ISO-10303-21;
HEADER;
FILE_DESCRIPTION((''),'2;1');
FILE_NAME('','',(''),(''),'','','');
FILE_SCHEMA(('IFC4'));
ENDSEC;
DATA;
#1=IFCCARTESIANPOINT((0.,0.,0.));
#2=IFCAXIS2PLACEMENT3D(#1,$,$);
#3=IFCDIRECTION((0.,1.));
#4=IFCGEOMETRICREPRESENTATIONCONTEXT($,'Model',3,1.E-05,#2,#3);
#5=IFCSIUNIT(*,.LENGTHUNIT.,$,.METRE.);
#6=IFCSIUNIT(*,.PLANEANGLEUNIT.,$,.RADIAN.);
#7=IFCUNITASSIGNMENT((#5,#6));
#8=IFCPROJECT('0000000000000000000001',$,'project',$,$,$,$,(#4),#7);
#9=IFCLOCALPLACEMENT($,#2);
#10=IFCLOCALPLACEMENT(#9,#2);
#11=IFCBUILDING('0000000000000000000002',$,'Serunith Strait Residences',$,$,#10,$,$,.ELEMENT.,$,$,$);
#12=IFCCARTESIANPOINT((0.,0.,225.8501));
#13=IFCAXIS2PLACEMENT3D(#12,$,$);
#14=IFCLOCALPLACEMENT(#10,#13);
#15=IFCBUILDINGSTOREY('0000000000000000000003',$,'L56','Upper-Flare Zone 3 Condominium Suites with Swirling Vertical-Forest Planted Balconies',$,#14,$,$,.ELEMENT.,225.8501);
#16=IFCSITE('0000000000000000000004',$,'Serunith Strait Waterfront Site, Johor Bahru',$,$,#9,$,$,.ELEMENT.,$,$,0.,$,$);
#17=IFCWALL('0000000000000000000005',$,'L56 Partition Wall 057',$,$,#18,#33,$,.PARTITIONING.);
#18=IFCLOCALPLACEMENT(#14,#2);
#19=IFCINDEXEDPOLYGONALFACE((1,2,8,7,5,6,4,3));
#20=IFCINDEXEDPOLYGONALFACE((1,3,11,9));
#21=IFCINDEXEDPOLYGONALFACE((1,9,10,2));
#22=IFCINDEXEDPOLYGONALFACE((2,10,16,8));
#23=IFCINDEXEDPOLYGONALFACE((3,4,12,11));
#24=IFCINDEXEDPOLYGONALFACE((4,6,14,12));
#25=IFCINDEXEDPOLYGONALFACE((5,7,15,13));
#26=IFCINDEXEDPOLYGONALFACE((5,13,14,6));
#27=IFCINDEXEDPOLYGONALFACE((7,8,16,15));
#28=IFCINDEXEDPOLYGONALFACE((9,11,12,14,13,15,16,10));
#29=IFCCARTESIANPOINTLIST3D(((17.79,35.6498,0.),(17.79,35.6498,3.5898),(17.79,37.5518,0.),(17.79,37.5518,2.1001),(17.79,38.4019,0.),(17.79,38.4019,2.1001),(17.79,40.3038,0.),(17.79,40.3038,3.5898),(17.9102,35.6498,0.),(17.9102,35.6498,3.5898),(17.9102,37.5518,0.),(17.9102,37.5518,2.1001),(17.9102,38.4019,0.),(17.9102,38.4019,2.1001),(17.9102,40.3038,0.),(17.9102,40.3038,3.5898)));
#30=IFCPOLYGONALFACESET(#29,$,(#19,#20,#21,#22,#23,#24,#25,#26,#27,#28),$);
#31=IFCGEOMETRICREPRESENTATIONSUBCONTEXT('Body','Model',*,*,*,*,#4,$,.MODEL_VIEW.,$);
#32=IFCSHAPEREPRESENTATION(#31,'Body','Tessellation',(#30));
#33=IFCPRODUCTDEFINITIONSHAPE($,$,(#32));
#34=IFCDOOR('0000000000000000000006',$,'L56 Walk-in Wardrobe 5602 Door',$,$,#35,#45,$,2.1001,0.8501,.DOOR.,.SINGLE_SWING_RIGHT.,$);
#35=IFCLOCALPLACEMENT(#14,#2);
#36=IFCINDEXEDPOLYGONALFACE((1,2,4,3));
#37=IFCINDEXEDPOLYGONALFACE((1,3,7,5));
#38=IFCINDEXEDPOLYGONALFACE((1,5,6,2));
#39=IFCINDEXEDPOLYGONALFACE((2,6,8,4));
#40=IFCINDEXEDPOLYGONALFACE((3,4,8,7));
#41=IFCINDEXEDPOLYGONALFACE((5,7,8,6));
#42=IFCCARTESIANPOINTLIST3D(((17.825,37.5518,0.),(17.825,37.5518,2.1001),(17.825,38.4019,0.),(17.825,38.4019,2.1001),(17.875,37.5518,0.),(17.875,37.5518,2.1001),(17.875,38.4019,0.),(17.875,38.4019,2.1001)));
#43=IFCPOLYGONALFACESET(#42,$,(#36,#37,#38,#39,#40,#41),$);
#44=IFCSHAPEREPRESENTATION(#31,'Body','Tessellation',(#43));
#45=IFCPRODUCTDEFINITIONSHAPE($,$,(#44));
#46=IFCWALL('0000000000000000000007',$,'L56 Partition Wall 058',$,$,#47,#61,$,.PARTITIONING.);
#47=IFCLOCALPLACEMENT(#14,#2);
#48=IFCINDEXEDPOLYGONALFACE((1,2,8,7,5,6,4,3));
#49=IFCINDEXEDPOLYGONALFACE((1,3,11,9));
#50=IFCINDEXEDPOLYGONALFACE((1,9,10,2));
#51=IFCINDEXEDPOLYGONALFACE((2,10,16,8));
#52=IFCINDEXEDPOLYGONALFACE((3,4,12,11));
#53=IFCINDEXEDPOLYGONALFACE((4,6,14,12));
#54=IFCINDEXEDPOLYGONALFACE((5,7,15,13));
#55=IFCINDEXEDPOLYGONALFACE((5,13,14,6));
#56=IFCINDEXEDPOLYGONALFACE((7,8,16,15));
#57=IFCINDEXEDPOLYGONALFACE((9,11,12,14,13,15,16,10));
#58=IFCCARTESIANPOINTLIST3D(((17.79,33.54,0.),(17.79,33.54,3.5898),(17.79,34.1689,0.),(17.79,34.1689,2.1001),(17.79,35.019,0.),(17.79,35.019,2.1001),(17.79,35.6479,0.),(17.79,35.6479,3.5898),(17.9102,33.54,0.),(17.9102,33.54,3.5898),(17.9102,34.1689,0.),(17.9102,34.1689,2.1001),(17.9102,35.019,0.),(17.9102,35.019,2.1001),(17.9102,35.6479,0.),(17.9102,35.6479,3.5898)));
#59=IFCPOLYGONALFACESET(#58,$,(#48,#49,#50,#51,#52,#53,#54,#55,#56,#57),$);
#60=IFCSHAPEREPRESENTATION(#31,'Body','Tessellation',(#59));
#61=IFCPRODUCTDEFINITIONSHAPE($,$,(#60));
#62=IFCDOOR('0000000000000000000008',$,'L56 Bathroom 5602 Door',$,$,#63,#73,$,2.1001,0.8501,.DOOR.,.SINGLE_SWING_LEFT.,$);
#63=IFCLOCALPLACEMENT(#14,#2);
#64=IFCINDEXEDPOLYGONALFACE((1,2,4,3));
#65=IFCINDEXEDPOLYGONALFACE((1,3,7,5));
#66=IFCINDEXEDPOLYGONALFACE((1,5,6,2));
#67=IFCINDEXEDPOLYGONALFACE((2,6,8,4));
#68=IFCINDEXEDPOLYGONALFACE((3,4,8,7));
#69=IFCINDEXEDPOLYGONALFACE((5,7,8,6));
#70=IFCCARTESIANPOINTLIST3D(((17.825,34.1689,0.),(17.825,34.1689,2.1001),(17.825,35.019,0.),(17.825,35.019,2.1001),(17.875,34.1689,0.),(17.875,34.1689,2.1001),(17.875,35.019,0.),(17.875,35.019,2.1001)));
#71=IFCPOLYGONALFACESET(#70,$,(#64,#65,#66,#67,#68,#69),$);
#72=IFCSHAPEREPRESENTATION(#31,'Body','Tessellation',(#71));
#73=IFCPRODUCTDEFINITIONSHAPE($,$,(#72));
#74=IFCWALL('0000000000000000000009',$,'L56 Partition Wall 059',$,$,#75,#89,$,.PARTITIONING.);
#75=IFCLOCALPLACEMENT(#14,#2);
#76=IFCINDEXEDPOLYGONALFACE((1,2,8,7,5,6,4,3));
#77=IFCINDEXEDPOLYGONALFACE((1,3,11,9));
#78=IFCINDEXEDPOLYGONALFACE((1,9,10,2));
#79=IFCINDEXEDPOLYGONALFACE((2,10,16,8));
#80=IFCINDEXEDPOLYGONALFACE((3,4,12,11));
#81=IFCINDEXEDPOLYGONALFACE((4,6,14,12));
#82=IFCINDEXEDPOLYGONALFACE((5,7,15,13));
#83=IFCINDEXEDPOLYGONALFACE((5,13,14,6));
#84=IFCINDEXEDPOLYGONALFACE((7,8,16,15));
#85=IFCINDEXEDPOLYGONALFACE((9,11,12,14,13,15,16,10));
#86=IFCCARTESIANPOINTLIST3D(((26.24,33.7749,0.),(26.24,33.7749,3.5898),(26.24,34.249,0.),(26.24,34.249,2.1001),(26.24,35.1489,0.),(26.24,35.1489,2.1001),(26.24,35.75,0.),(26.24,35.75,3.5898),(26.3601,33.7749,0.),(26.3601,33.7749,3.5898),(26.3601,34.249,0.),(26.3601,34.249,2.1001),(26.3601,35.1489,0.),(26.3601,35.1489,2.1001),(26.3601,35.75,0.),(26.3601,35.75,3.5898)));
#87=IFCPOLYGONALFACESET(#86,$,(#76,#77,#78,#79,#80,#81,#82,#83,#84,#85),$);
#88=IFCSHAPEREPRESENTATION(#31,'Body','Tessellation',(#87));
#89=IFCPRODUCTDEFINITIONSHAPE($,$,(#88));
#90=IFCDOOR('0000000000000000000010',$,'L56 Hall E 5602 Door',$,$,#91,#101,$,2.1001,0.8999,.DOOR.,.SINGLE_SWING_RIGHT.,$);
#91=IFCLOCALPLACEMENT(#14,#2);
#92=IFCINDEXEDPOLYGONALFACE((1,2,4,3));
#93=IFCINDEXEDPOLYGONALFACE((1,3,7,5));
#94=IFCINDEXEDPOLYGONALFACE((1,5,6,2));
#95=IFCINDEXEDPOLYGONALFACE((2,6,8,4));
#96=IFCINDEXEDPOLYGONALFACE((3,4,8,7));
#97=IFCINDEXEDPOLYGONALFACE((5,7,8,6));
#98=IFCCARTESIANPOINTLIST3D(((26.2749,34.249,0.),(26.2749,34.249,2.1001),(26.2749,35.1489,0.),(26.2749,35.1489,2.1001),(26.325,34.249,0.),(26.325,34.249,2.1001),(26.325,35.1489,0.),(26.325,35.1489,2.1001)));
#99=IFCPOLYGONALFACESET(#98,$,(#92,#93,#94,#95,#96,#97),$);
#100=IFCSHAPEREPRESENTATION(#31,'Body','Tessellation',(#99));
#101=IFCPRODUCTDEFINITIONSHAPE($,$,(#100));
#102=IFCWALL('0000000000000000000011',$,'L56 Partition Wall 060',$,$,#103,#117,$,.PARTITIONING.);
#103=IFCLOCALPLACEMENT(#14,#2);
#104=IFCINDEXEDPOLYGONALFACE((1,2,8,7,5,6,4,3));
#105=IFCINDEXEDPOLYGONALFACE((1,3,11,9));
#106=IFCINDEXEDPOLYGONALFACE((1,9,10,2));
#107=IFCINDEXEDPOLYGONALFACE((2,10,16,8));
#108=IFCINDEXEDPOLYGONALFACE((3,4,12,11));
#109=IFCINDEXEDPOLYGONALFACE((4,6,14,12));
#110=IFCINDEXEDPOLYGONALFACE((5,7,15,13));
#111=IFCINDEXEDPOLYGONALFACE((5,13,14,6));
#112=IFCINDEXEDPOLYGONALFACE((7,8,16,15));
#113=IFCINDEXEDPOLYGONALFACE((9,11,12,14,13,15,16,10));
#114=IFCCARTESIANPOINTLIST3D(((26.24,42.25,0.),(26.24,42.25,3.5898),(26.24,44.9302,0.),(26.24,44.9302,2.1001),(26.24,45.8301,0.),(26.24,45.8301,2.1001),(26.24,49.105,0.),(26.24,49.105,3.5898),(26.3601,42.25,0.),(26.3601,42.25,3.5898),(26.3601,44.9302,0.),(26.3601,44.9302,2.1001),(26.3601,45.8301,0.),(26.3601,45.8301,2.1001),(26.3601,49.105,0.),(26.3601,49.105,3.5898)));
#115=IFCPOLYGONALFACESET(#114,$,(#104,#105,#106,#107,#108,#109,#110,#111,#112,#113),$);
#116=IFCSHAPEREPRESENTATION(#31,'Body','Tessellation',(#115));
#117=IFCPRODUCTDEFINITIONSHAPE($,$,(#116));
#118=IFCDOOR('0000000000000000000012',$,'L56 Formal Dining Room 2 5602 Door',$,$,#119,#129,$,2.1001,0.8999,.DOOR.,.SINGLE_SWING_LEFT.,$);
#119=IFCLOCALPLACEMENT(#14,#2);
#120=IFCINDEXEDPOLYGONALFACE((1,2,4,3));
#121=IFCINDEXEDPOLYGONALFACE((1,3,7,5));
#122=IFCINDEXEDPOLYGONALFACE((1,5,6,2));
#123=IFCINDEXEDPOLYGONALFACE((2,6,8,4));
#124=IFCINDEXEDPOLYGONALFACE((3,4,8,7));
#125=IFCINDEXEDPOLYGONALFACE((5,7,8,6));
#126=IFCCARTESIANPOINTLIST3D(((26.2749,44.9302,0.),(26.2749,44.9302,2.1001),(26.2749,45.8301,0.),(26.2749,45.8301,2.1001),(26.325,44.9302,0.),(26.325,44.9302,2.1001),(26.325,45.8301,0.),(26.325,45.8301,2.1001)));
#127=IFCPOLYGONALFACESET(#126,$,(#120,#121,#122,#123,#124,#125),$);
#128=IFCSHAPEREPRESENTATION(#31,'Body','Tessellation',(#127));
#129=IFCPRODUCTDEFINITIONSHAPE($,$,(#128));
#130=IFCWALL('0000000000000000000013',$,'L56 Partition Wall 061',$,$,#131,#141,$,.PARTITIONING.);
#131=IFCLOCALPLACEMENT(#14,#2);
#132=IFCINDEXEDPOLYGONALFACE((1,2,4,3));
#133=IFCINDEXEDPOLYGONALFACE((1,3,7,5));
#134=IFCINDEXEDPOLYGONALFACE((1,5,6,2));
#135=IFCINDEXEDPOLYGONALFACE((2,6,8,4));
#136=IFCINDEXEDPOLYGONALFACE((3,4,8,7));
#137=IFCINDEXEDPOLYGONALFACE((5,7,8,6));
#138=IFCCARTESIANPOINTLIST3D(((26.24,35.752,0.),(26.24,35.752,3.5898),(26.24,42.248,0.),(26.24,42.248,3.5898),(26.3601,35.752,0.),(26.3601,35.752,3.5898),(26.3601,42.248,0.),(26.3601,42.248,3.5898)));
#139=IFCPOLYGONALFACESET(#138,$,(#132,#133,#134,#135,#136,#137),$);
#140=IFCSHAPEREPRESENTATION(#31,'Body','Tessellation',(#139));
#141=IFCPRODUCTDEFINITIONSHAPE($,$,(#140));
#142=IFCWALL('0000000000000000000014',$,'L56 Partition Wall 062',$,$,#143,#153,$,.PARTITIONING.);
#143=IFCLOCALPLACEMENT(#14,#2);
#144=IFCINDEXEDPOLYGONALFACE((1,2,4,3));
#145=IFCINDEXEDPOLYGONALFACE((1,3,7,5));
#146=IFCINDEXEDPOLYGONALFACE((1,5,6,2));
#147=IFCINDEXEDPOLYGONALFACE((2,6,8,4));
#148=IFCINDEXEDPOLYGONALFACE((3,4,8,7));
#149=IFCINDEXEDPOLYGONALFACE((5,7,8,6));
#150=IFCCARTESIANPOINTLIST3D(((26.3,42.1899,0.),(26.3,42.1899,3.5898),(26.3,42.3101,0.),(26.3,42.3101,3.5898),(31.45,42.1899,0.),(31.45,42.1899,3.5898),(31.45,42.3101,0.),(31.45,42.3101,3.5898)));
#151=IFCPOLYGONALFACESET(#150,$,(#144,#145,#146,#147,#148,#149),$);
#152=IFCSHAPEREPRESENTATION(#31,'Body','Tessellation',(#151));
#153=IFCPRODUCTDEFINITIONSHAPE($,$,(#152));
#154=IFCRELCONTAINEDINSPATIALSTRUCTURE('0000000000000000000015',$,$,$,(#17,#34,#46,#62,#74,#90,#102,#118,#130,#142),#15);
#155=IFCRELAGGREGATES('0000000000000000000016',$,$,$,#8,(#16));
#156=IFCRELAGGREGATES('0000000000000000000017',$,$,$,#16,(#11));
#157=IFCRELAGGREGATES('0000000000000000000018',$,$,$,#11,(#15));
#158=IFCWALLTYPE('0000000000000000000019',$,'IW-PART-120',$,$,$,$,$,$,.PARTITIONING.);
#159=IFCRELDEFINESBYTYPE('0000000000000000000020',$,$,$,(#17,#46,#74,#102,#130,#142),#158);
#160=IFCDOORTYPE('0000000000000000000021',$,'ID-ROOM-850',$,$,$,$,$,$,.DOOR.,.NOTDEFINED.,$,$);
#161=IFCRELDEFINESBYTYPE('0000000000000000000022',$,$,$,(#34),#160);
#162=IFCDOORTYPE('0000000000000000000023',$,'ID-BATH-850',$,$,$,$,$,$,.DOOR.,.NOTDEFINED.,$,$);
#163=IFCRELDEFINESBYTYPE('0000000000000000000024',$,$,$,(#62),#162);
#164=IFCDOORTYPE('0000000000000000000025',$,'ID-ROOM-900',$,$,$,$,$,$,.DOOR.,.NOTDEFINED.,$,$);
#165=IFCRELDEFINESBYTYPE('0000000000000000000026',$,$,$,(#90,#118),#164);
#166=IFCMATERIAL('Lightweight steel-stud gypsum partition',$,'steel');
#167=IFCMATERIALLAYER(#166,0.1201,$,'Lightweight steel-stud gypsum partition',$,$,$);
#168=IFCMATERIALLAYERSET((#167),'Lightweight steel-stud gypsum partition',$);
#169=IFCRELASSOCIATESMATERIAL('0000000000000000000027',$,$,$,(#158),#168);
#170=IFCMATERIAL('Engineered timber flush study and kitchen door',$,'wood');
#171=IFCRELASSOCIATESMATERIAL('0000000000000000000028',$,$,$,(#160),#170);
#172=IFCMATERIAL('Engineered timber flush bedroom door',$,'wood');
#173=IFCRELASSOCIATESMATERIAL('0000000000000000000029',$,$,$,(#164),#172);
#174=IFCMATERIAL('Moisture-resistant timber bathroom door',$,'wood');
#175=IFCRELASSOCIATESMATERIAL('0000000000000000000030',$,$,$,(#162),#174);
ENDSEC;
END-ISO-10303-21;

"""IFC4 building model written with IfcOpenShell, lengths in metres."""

from ifc_helpers import new_model, si_unit, direction, frame, frame_2d, origin, place, context, subcontext, project, spatial, rectangle, extrude, source, transform, mapped, material, layer, layer_set, type_object, element, fill, save


model = new_model("IFC4")

# Units and contexts
model_context = context("Model", 3, precision=1e-05, world=origin(), true_north=direction((0.0, 1.0)))
body_context = subcontext(model_context, "Body", "Model", "MODEL_VIEW")
ifc_project = project(units=[si_unit("LENGTHUNIT", "METRE"), si_unit("PLANEANGLEUNIT", "RADIAN")], contexts=[model_context])

# Site, building, storey
site_placement = place(None, origin())
site = spatial("IfcSite", under=ifc_project, at=site_placement, Name="Serunith Strait Waterfront Site, Johor Bahru", CompositionType="ELEMENT", RefElevation=0.0)
building_placement = place(site_placement, origin())
building = spatial("IfcBuilding", under=site, at=building_placement, Name="Serunith Strait Residences", CompositionType="ELEMENT")
storey_placement = place(building_placement, frame((0.0, 0.0, 225.8501)))
storey = spatial("IfcBuildingStorey", under=building, at=storey_placement, Name="L56", Description="Upper-Flare Zone 3 Condominium Suites with Swirling Vertical-Forest Planted Balconies", CompositionType="ELEMENT", Elevation=225.8501)

# Shared definitions
ifc_material_1 = material(Name="Lightweight steel-stud gypsum partition", Category="steel")
ifc_layer_1 = layer(ifc_material_1, 0.1201, Name="Lightweight steel-stud gypsum partition")
ifc_layer_set_1 = layer_set([ifc_layer_1], Name="Lightweight steel-stud gypsum partition")
wall_type = type_object("IfcWallType", Name="IW-PART-120", PredefinedType="PARTITIONING", material=ifc_layer_set_1)
ifc_material_2 = material(Name="Engineered timber flush study and kitchen door", Category="wood")
door_type_1 = type_object("IfcDoorType", Name="ID-ROOM-850", OperationType="NOTDEFINED", PredefinedType="DOOR", material=ifc_material_2)
shared_shape_1 = source(origin(), body_context, "Body", "SweptSolid", [
    extrude(rectangle(XDim=0.8501, YDim=2.1001, at=frame_2d((0.425, 1.05))), frame((0.0, 0.0249, 0.0), z_axis=(0.0, -1.0, 0.0), x_axis=(1.0, 0.0, 0.0)), (0.0, 0.0, 1.0), 0.05),
])

# Walls, openings, doors
ifc_material_3 = material(Name="Engineered timber flush bedroom door", Category="wood")
door_type_2 = type_object("IfcDoorType", Name="ID-ROOM-900", OperationType="NOTDEFINED", PredefinedType="DOOR", material=ifc_material_3)
shared_shape_2 = source(origin(), body_context, "Body", "SweptSolid", [
    extrude(rectangle(XDim=0.8999, YDim=2.1001, at=frame_2d((0.45, 1.05))), frame((0.0, 0.0249, 0.0), z_axis=(0.0, -1.0, 0.0), x_axis=(1.0, 0.0, 0.0)), (0.0, 0.0, 1.0), 0.05),
])
wall_1_placement = place(storey_placement, frame((17.8501, 40.304, 0.0), z_axis=(0.0, 0.0, 1.0), x_axis=(0.0, -1.0, 0.0)))
wall_1 = element("IfcWall", 1, at=wall_1_placement, inside=storey, type_object=wall_type, Name="L56 Partition Wall 057", PredefinedType="PARTITIONING", context=body_context, shape_type="SweptSolid", body=[
    extrude(rectangle(XDim=4.6541, YDim=0.1201, at=frame_2d((2.3271, 0.0))), origin(), (0.0, 0.0, 1.0), 3.5898),
])
opening_1_placement = place(wall_1_placement, frame((1.9021, 0.0, 0.0)))
opening_1 = element("IfcOpeningElement", 2, at=opening_1_placement, cuts=wall_1, PredefinedType="OPENING", context=body_context, shape_type="SweptSolid", body=[
    extrude(rectangle(XDim=0.8501, YDim=2.1001, at=frame_2d((0.425, 1.05))), frame((0.0, 0.0701, 0.0), z_axis=(0.0, -1.0, 0.0), x_axis=(1.0, 0.0, 0.0)), (0.0, 0.0, 1.0), 0.1401),
])
door_1_placement = place(opening_1_placement, origin())
door_1 = element("IfcDoor", 3, at=door_1_placement, inside=storey, type_object=door_type_1, Name="L56 Walk-in Wardrobe 5602 Door", OperationType="SINGLE_SWING_RIGHT", OverallHeight=2.1001, OverallWidth=0.8501, PredefinedType="DOOR", context=body_context, shape_type="MappedRepresentation", body=[
    mapped(shared_shape_1, transform((0.0, 0.0, 0.0), scale=1.0)),
])
fill(opening_1, door_1)
wall_2_placement = place(storey_placement, frame((17.8501, 35.6479, 0.0), z_axis=(0.0, 0.0, 1.0), x_axis=(0.0, -1.0, 0.0)))
wall_2 = element("IfcWall", 4, at=wall_2_placement, inside=storey, type_object=wall_type, Name="L56 Partition Wall 058", PredefinedType="PARTITIONING", context=body_context, shape_type="SweptSolid", body=[
    extrude(rectangle(XDim=2.1079, YDim=0.1201, at=frame_2d((1.054, 0.0))), origin(), (0.0, 0.0, 1.0), 3.5898),
])
opening_2_placement = place(wall_2_placement, frame((0.6289, 0.0, 0.0)))
opening_2 = element("IfcOpeningElement", 5, at=opening_2_placement, cuts=wall_2, PredefinedType="OPENING", context=body_context, shape_type="SweptSolid", body=[
    extrude(rectangle(XDim=0.8501, YDim=2.1001, at=frame_2d((0.425, 1.05))), frame((0.0, 0.0701, 0.0), z_axis=(0.0, -1.0, 0.0), x_axis=(1.0, 0.0, 0.0)), (0.0, 0.0, 1.0), 0.1401),
])
ifc_material_4 = material(Name="Moisture-resistant timber bathroom door", Category="wood")
door_type_3 = type_object("IfcDoorType", Name="ID-BATH-850", OperationType="NOTDEFINED", PredefinedType="DOOR", material=ifc_material_4)
door_2_placement = place(opening_2_placement, origin())
door_2 = element("IfcDoor", 6, at=door_2_placement, inside=storey, type_object=door_type_3, Name="L56 Bathroom 5602 Door", OperationType="SINGLE_SWING_LEFT", OverallHeight=2.1001, OverallWidth=0.8501, PredefinedType="DOOR", context=body_context, shape_type="MappedRepresentation", body=[
    mapped(shared_shape_1, transform((0.0, 0.0, 0.0), scale=1.0)),
])
fill(opening_2, door_2)
wall_3_placement = place(storey_placement, frame((26.3, 35.75, 0.0), z_axis=(0.0, 0.0, 1.0), x_axis=(0.0, -1.0, 0.0)))
wall_3 = element("IfcWall", 7, at=wall_3_placement, inside=storey, type_object=wall_type, Name="L56 Partition Wall 059", PredefinedType="PARTITIONING", context=body_context, shape_type="SweptSolid", body=[
    extrude(rectangle(XDim=1.9751, YDim=0.1201, at=frame_2d((0.9875, 0.0))), origin(), (0.0, 0.0, 1.0), 3.5898),
])
opening_3_placement = place(wall_3_placement, frame((0.6011, 0.0, 0.0)))
opening_3 = element("IfcOpeningElement", 8, at=opening_3_placement, cuts=wall_3, PredefinedType="OPENING", context=body_context, shape_type="SweptSolid", body=[
    extrude(rectangle(XDim=0.8999, YDim=2.1001, at=frame_2d((0.45, 1.05))), frame((0.0, 0.0701, 0.0), z_axis=(0.0, -1.0, 0.0), x_axis=(1.0, 0.0, 0.0)), (0.0, 0.0, 1.0), 0.1401),
])
door_3_placement = place(opening_3_placement, origin())
door_3 = element("IfcDoor", 9, at=door_3_placement, inside=storey, type_object=door_type_2, Name="L56 Hall E 5602 Door", OperationType="SINGLE_SWING_RIGHT", OverallHeight=2.1001, OverallWidth=0.8999, PredefinedType="DOOR", context=body_context, shape_type="MappedRepresentation", body=[
    mapped(shared_shape_2, transform((0.0, 0.0, 0.0), scale=1.0)),
])
fill(opening_3, door_3)
wall_4_placement = place(storey_placement, frame((26.3, 49.105, 0.0), z_axis=(0.0, 0.0, 1.0), x_axis=(0.0, -1.0, 0.0)))
wall_4 = element("IfcWall", 10, at=wall_4_placement, inside=storey, type_object=wall_type, Name="L56 Partition Wall 060", PredefinedType="PARTITIONING", context=body_context, shape_type="SweptSolid", body=[
    extrude(rectangle(XDim=6.855, YDim=0.1201, at=frame_2d((3.4275, 0.0))), origin(), (0.0, 0.0, 1.0), 3.5898),
])
opening_4_placement = place(wall_4_placement, frame((3.2749, 0.0, 0.0)))
opening_4 = element("IfcOpeningElement", 11, at=opening_4_placement, cuts=wall_4, PredefinedType="OPENING", context=body_context, shape_type="SweptSolid", body=[
    extrude(rectangle(XDim=0.8999, YDim=2.1001, at=frame_2d((0.45, 1.05))), frame((0.0, 0.0701, 0.0), z_axis=(0.0, -1.0, 0.0), x_axis=(1.0, 0.0, 0.0)), (0.0, 0.0, 1.0), 0.1401),
])
door_4_placement = place(opening_4_placement, origin())
door_4 = element("IfcDoor", 12, at=door_4_placement, inside=storey, type_object=door_type_2, Name="L56 Formal Dining Room 2 5602 Door", OperationType="SINGLE_SWING_LEFT", OverallHeight=2.1001, OverallWidth=0.8999, PredefinedType="DOOR", context=body_context, shape_type="MappedRepresentation", body=[
    mapped(shared_shape_2, transform((0.0, 0.0, 0.0), scale=1.0)),
])
fill(opening_4, door_4)

# Walls
wall_5_placement = place(storey_placement, frame((26.3, 42.248, 0.0), z_axis=(0.0, 0.0, 1.0), x_axis=(0.0, -1.0, 0.0)))
element("IfcWall", 13, at=wall_5_placement, inside=storey, type_object=wall_type, Name="L56 Partition Wall 061", PredefinedType="PARTITIONING", context=body_context, shape_type="SweptSolid", body=[
    extrude(rectangle(XDim=6.4961, YDim=0.1201, at=frame_2d((3.248, 0.0))), origin(), (0.0, 0.0, 1.0), 3.5898),
])
wall_6_placement = place(storey_placement, frame((26.3, 42.25, 0.0), z_axis=(0.0, 0.0, 1.0), x_axis=(1.0, 0.0, 0.0)))
element("IfcWall", 14, at=wall_6_placement, inside=storey, type_object=wall_type, Name="L56 Partition Wall 062", PredefinedType="PARTITIONING", context=body_context, shape_type="SweptSolid", body=[
    extrude(rectangle(XDim=5.1499, YDim=0.1201, at=frame_2d((2.575, 0.0))), origin(), (0.0, 0.0, 1.0), 3.5898),
])

save(model, "model.ifc")
